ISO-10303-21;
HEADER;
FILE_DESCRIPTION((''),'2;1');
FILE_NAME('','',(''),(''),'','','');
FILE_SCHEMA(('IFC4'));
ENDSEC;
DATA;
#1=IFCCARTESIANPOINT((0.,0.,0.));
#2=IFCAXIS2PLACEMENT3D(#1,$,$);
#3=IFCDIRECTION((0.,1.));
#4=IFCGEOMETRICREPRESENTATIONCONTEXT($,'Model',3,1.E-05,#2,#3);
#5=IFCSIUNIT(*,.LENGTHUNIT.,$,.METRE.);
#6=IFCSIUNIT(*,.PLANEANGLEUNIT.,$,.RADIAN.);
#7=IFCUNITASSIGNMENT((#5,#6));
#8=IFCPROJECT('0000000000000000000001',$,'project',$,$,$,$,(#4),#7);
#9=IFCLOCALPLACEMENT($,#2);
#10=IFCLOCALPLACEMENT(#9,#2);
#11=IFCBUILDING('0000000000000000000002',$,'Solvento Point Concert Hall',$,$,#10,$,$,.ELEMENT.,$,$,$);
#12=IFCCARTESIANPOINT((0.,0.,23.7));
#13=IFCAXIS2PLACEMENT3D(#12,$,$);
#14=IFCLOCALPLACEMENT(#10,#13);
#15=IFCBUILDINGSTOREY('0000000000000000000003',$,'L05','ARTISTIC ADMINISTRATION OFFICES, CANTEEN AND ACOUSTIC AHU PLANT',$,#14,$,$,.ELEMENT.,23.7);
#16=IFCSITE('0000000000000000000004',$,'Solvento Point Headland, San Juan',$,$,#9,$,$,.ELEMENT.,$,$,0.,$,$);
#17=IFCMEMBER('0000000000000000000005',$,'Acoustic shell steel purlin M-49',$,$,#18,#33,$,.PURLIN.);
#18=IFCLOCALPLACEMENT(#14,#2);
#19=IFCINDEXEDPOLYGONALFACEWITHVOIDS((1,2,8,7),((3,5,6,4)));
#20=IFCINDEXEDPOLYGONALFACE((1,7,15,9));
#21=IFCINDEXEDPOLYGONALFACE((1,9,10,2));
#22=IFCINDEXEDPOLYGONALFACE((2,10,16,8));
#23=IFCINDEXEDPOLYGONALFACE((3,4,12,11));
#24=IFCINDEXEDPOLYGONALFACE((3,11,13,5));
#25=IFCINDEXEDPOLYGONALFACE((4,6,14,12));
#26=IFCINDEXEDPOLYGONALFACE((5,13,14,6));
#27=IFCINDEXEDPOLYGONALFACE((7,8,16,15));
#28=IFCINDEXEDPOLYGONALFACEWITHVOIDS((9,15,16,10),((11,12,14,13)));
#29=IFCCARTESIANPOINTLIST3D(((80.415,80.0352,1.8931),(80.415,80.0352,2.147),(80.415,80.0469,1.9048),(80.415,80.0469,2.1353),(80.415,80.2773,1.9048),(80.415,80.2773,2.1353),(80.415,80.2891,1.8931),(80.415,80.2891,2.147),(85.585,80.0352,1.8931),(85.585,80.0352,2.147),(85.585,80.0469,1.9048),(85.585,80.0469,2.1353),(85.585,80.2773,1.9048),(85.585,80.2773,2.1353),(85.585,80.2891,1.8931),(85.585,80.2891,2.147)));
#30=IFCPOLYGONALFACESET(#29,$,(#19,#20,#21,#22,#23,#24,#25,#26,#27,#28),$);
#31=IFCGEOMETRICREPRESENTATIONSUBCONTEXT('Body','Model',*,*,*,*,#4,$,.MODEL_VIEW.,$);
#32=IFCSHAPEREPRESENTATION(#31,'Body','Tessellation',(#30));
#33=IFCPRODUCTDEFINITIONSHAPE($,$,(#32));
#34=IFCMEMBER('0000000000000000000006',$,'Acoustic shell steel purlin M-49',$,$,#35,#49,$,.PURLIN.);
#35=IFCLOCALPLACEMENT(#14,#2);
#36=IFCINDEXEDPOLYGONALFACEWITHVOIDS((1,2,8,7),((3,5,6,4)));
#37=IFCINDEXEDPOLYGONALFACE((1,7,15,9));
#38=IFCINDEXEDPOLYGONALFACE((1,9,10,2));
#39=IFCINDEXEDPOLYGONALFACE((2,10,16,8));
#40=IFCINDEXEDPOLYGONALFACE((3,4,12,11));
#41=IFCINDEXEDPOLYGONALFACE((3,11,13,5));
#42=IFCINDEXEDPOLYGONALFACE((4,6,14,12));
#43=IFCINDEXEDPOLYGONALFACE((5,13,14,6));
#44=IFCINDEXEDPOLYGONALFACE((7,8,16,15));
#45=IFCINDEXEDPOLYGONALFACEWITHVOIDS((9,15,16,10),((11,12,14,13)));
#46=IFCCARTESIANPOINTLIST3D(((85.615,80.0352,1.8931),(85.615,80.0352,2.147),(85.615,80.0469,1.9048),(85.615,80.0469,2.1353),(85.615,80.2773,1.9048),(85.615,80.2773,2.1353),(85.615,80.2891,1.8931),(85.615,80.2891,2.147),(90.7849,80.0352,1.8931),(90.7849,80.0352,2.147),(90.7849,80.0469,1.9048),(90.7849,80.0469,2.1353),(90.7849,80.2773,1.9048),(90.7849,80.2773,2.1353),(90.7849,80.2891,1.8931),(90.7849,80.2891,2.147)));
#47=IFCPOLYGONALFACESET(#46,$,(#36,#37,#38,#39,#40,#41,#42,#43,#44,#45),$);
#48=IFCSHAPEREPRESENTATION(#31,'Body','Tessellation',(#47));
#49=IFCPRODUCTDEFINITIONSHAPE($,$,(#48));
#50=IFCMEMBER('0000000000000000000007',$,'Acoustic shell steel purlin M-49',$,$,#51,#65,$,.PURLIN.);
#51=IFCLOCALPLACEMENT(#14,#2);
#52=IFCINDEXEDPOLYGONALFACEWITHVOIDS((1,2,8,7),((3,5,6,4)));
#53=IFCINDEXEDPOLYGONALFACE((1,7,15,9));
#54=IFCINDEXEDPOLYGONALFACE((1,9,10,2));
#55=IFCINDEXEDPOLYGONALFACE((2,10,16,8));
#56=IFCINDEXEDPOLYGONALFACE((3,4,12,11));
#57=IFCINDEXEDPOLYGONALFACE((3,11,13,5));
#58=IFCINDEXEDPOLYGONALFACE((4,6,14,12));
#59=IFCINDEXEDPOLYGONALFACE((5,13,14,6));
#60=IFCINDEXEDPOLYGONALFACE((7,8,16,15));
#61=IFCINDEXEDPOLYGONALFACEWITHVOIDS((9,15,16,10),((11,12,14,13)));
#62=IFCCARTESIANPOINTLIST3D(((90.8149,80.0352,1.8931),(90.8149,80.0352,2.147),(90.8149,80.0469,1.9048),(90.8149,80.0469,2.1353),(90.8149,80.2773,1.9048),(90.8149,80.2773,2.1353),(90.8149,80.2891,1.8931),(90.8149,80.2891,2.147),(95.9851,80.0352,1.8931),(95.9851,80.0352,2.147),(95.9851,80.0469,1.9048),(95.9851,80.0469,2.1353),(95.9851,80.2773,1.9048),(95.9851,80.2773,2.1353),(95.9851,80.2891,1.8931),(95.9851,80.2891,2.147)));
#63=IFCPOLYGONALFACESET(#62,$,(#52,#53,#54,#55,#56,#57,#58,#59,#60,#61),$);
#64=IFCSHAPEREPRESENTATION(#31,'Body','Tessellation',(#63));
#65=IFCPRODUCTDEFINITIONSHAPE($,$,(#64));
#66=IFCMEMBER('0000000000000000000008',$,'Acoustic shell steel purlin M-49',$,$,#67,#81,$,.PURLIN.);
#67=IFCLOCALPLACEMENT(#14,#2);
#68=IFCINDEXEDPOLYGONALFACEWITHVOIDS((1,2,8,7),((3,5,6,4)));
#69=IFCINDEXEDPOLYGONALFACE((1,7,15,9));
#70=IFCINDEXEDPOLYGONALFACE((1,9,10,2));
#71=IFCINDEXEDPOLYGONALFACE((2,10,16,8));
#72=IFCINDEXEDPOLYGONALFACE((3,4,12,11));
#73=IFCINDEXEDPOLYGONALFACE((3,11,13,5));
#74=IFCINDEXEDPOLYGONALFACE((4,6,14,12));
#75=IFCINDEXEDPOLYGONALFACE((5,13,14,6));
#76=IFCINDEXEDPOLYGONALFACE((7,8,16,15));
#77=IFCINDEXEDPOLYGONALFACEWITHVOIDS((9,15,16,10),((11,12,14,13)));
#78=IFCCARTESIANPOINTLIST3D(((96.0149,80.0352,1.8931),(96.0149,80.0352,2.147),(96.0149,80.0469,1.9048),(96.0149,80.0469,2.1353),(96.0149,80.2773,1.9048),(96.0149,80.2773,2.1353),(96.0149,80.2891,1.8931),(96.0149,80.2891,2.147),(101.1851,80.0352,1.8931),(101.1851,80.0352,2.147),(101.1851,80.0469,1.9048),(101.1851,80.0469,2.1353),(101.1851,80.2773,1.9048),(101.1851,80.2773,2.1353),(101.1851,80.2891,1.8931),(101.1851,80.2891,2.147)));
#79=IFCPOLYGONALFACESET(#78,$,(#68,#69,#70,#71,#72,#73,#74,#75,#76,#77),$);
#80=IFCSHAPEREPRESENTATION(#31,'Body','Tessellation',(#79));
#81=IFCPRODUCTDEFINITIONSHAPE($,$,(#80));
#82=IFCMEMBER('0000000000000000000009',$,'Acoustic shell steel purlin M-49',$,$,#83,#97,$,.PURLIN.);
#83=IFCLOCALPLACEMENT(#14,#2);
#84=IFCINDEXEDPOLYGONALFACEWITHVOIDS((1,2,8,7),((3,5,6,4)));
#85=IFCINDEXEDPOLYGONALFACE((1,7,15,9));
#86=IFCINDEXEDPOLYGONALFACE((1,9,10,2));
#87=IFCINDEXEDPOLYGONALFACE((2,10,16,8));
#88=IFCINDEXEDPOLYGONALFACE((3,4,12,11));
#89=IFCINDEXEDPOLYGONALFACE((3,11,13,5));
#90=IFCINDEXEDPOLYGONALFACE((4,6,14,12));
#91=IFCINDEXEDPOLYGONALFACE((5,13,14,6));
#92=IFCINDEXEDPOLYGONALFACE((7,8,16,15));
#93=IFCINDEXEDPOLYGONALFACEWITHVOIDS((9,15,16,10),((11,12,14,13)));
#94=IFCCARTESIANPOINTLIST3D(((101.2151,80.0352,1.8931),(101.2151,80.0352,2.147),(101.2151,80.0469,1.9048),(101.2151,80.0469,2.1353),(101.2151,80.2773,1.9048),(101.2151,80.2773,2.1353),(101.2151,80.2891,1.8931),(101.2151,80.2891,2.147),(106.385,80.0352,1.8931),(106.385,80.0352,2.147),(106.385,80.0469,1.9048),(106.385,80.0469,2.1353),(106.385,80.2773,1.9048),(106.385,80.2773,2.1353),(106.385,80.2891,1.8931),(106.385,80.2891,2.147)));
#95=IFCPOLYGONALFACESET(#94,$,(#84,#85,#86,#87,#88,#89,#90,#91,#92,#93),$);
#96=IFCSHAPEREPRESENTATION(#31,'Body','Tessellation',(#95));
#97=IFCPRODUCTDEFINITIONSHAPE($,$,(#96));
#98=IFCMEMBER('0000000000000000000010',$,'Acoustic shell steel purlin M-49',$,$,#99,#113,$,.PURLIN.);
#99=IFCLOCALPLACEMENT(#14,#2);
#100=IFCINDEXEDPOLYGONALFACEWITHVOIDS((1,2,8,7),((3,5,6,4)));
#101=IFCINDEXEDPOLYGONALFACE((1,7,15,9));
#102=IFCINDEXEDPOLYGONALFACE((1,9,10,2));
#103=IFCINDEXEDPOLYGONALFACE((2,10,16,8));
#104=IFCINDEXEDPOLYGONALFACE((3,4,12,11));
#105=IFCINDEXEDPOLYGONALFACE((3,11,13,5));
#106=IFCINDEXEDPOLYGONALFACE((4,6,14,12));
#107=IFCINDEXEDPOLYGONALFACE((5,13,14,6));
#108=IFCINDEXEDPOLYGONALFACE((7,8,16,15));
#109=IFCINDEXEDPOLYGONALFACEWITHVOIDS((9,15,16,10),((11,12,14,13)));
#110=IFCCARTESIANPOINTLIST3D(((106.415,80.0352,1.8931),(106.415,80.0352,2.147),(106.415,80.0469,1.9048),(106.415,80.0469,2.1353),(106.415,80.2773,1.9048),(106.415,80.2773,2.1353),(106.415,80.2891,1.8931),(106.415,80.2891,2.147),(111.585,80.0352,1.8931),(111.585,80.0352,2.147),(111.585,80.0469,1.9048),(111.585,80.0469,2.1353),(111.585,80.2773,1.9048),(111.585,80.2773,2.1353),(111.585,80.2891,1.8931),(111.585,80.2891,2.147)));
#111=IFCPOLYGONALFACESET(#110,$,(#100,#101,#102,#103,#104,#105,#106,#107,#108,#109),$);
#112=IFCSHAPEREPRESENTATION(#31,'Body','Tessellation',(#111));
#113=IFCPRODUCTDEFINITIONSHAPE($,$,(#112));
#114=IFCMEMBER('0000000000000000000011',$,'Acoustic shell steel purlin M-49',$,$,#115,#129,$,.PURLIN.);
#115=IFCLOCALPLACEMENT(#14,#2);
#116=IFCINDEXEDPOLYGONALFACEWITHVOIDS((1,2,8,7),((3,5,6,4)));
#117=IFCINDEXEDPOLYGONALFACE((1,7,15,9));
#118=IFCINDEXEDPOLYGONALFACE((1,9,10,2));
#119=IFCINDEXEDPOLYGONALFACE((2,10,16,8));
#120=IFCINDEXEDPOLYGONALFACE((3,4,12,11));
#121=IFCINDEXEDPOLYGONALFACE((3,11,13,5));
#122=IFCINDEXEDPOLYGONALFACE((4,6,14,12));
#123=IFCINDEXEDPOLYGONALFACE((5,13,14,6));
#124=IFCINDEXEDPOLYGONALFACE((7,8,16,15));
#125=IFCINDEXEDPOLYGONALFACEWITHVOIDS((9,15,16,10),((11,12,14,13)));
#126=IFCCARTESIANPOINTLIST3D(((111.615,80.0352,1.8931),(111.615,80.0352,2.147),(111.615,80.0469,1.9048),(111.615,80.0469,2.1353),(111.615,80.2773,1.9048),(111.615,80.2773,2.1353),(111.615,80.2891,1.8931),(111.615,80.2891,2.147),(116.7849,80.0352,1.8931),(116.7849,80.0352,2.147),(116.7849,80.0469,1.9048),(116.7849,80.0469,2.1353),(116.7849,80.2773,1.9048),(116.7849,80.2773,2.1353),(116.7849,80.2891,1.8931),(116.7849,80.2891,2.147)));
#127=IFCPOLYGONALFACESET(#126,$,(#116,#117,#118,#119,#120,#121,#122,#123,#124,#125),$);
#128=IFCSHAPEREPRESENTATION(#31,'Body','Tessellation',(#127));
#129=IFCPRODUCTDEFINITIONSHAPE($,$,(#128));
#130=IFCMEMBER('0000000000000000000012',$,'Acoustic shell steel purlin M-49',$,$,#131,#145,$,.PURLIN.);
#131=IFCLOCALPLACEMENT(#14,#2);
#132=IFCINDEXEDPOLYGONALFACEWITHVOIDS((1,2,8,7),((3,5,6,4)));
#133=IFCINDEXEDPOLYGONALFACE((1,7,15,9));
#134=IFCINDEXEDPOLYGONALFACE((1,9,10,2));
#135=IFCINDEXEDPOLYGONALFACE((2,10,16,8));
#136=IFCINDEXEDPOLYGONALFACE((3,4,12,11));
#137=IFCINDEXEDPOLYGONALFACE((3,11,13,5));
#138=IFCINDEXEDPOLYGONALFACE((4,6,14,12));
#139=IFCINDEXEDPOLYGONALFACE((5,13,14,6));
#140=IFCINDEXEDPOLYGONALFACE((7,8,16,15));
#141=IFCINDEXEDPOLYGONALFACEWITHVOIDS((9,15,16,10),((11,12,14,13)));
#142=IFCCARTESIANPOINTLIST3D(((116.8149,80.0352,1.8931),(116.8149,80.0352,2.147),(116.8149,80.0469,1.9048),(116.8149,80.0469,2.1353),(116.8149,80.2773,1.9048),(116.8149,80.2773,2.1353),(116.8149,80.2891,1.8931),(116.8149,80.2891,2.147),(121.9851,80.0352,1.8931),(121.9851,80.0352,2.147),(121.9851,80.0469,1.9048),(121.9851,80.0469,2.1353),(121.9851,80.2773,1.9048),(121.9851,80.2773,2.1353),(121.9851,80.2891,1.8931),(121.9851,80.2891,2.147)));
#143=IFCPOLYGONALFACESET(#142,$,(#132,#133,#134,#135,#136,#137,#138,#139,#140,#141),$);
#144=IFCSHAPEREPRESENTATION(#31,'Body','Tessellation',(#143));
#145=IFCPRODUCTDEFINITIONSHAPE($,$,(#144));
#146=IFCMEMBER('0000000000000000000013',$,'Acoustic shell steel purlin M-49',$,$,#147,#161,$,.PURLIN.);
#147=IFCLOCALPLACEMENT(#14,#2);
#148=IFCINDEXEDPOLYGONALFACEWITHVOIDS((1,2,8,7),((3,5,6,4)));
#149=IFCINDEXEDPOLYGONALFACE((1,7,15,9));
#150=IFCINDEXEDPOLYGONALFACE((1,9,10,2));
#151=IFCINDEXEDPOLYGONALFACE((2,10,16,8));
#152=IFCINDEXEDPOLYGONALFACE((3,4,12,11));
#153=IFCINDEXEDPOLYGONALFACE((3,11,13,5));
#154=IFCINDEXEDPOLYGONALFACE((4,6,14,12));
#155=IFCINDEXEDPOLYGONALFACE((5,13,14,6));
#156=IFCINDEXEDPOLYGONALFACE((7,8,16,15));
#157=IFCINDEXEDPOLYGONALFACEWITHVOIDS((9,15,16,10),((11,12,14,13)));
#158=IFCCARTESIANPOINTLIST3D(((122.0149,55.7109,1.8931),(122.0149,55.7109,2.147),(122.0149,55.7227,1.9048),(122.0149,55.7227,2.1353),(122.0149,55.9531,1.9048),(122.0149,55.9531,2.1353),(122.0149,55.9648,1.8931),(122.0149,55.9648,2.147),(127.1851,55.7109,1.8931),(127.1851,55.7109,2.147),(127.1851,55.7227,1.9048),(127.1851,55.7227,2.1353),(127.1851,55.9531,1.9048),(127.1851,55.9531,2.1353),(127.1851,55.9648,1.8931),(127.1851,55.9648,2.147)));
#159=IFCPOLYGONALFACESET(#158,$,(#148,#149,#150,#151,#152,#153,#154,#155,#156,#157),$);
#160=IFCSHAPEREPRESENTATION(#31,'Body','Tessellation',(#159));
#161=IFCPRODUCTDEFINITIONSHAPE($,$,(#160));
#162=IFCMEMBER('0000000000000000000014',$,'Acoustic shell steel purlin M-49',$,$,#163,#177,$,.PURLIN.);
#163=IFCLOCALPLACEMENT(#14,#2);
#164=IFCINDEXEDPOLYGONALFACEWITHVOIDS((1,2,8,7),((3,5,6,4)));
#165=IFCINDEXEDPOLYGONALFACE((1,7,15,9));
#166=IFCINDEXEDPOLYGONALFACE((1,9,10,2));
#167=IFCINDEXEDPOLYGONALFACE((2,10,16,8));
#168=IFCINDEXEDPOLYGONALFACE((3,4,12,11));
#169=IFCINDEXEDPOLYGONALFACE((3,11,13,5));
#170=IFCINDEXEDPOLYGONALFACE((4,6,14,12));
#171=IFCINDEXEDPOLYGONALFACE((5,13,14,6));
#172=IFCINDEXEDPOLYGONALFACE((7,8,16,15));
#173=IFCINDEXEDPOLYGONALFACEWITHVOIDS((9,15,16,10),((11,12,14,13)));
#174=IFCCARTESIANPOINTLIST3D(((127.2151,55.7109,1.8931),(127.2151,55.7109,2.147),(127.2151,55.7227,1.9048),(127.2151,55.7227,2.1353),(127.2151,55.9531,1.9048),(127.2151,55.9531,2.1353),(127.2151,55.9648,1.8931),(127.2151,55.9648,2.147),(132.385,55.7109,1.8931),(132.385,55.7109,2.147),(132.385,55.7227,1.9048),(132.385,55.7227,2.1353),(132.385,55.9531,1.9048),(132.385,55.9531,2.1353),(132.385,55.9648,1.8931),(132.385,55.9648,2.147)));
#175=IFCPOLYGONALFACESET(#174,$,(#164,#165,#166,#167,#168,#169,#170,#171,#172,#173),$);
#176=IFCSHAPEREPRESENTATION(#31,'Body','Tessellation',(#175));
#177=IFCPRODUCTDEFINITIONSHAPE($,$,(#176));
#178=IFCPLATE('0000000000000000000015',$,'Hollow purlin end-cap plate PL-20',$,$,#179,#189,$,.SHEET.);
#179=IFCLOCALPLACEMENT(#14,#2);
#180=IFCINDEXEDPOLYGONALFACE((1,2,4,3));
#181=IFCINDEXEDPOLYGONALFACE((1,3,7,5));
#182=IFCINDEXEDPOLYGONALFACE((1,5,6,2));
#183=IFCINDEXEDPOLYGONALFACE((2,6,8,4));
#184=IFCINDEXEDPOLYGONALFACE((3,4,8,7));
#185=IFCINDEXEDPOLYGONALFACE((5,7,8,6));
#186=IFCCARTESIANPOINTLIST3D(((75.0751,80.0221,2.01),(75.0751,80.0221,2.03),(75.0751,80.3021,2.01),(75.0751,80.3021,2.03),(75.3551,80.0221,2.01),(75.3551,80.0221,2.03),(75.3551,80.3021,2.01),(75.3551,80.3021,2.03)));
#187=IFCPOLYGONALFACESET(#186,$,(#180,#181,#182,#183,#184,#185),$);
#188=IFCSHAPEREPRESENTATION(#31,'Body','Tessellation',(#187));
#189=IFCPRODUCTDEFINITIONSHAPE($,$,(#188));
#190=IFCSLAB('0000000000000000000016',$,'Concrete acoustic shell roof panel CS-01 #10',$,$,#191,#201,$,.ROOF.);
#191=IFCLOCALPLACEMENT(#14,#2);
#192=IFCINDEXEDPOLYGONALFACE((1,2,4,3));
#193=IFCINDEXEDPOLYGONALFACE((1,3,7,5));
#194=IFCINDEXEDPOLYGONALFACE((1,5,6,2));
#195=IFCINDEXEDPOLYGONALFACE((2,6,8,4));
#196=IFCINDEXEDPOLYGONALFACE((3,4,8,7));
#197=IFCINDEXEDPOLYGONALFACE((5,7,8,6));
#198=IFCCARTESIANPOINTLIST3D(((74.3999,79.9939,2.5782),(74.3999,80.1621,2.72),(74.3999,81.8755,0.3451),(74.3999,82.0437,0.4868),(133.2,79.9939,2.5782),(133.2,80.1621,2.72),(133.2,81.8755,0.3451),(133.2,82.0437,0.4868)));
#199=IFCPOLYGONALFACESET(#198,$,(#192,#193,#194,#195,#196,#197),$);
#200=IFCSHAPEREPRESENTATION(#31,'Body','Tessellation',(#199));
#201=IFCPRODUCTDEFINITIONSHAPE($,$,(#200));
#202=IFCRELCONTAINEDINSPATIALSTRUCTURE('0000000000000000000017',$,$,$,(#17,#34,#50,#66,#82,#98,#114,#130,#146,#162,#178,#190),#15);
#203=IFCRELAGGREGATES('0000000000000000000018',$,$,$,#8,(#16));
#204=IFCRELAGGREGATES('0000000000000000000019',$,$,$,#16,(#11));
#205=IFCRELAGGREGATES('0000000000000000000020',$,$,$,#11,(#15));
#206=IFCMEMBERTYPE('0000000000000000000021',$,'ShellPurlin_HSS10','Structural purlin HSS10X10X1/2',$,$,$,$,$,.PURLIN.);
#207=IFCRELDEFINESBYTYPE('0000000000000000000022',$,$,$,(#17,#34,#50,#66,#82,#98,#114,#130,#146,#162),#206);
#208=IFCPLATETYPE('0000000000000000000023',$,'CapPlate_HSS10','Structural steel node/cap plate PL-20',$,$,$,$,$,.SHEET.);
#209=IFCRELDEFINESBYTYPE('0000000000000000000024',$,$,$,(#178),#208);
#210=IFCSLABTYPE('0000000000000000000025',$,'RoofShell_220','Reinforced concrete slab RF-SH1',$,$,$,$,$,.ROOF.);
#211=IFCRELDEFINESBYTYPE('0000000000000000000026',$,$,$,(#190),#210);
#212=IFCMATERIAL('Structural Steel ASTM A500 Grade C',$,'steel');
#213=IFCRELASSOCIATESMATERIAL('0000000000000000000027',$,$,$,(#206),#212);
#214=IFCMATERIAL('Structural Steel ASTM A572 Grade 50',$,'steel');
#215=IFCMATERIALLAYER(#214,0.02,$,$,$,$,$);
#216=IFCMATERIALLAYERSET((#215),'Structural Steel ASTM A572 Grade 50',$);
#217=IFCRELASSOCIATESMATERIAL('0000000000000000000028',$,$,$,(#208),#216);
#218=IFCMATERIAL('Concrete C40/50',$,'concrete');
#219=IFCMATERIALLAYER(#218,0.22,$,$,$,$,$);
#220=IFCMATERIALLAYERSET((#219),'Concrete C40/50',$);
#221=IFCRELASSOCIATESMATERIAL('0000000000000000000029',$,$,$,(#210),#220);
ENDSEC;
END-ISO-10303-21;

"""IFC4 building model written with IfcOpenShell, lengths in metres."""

from ifc_helpers import new_model, si_unit, direction, frame, origin, origin_2d, place, context, subcontext, project, spatial, polyline, rectangle, hollow_rectangle, outline, extrude, material, layer, layer_set, material_profile, profile_set, type_object, element, save


model = new_model("IFC4")

# Units and contexts
model_context = context("Model", 3, precision=1e-05, world=origin(), true_north=direction((0.0, 1.0)))
body_context = subcontext(model_context, "Body", "Model", "MODEL_VIEW")
ifc_project = project(units=[si_unit("LENGTHUNIT", "METRE"), si_unit("PLANEANGLEUNIT", "RADIAN")], contexts=[model_context])

# Site, building, storey
site_placement = place(None, origin())
site = spatial("IfcSite", under=ifc_project, at=site_placement, Name="Solvento Point Headland, San Juan", CompositionType="ELEMENT", RefElevation=0.0)
building_placement = place(site_placement, origin())
building = spatial("IfcBuilding", under=site, at=building_placement, Name="Solvento Point Concert Hall", CompositionType="ELEMENT")
storey_placement = place(building_placement, frame((0.0, 0.0, 23.7)))
storey = spatial("IfcBuildingStorey", under=building, at=storey_placement, Name="L05", Description="ARTISTIC ADMINISTRATION OFFICES, CANTEEN AND ACOUSTIC AHU PLANT", CompositionType="ELEMENT", Elevation=23.7)

# Members
ifc_material_1 = material(Name="Structural Steel ASTM A500 Grade C", Category="steel")
ifc_material_profile_1 = material_profile(ifc_material_1, hollow_rectangle(XDim=0.2539, YDim=0.2539, WallThickness=0.0117, at=origin_2d()), Name="HSS10X10X1/2")
ifc_profile_set_1 = profile_set([ifc_material_profile_1], Name="Structural Steel ASTM A500 Grade C")
member_type = type_object("IfcMemberType", Name="ShellPurlin_HSS10", Description="Structural purlin HSS10X10X1/2", PredefinedType="PURLIN", material=ifc_profile_set_1)
for number, where, z_axis, x_axis, name in (
    (1, (80.415, 80.1621, 2.02), (1.0, 0.0, 0.0), (0.0, 1.0, 0.0), "Acoustic shell steel purlin M-49"),
    (2, (85.615, 80.1621, 2.02), (1.0, 0.0, 0.0), (0.0, 1.0, 0.0), "Acoustic shell steel purlin M-49"),
):
    element("IfcMember", number, at=place(storey_placement, frame(where, z_axis=z_axis, x_axis=x_axis)), inside=storey, type_object=member_type, Name=name, PredefinedType="PURLIN", context=body_context, shape_type="SweptSolid", body=[
        extrude(hollow_rectangle(XDim=0.2539, YDim=0.2539, WallThickness=0.0117, at=origin_2d()), origin(), (0.0, 0.0, 1.0), 5.1699),
    ])
for number, where, z_axis, x_axis, name in (
    (3, (90.8149, 80.1621, 2.02), (1.0, 0.0, 0.0), (0.0, 1.0, 0.0), "Acoustic shell steel purlin M-49"),
    (4, (96.0149, 80.1621, 2.02), (1.0, 0.0, 0.0), (0.0, 1.0, 0.0), "Acoustic shell steel purlin M-49"),
):
    element("IfcMember", number, at=place(storey_placement, frame(where, z_axis=z_axis, x_axis=x_axis)), inside=storey, type_object=member_type, Name=name, PredefinedType="PURLIN", context=body_context, shape_type="SweptSolid", body=[
        extrude(hollow_rectangle(XDim=0.2539, YDim=0.2539, WallThickness=0.0117, at=origin_2d()), origin(), (0.0, 0.0, 1.0), 5.1702),
    ])
for number, where, z_axis, x_axis, name in (
    (5, (101.2151, 80.1621, 2.02), (1.0, 0.0, 0.0), (0.0, 1.0, 0.0), "Acoustic shell steel purlin M-49"),
    (6, (106.415, 80.1621, 2.02), (1.0, 0.0, 0.0), (0.0, 1.0, 0.0), "Acoustic shell steel purlin M-49"),
    (7, (111.615, 80.1621, 2.02), (1.0, 0.0, 0.0), (0.0, 1.0, 0.0), "Acoustic shell steel purlin M-49"),
):
    element("IfcMember", number, at=place(storey_placement, frame(where, z_axis=z_axis, x_axis=x_axis)), inside=storey, type_object=member_type, Name=name, PredefinedType="PURLIN", context=body_context, shape_type="SweptSolid", body=[
        extrude(hollow_rectangle(XDim=0.2539, YDim=0.2539, WallThickness=0.0117, at=origin_2d()), origin(), (0.0, 0.0, 1.0), 5.1699),
    ])
for number, where, z_axis, x_axis, name in (
    (8, (116.8149, 80.1621, 2.02), (1.0, 0.0, 0.0), (0.0, 1.0, 0.0), "Acoustic shell steel purlin M-49"),
    (9, (122.0149, 55.8379, 2.02), (1.0, 0.0, 0.0), (0.0, 1.0, 0.0), "Acoustic shell steel purlin M-49"),
):
    element("IfcMember", number, at=place(storey_placement, frame(where, z_axis=z_axis, x_axis=x_axis)), inside=storey, type_object=member_type, Name=name, PredefinedType="PURLIN", context=body_context, shape_type="SweptSolid", body=[
        extrude(hollow_rectangle(XDim=0.2539, YDim=0.2539, WallThickness=0.0117, at=origin_2d()), origin(), (0.0, 0.0, 1.0), 5.1702),
    ])
member_placement = place(storey_placement, frame((127.2151, 55.8379, 2.02), z_axis=(1.0, 0.0, 0.0), x_axis=(0.0, 1.0, 0.0)))
element("IfcMember", 10, at=member_placement, inside=storey, type_object=member_type, Name="Acoustic shell steel purlin M-49", PredefinedType="PURLIN", context=body_context, shape_type="SweptSolid", body=[
    extrude(hollow_rectangle(XDim=0.2539, YDim=0.2539, WallThickness=0.0117, at=origin_2d()), origin(), (0.0, 0.0, 1.0), 5.1699),
])

# Plate
ifc_material_2 = material(Name="Structural Steel ASTM A572 Grade 50", Category="steel")
ifc_layer_1 = layer(ifc_material_2, 0.02)
ifc_layer_set_1 = layer_set([ifc_layer_1], Name="Structural Steel ASTM A572 Grade 50")
plate_type = type_object("IfcPlateType", Name="CapPlate_HSS10", Description="Structural steel node/cap plate PL-20", PredefinedType="SHEET", material=ifc_layer_set_1)
plate_placement = place(storey_placement, frame((75.2151, 80.1621, 2.01), z_axis=(0.0, 0.0, 1.0), x_axis=(0.0, 1.0, 0.0)))
element("IfcPlate", 11, at=plate_placement, inside=storey, type_object=plate_type, Name="Hollow purlin end-cap plate PL-20", PredefinedType="SHEET", context=body_context, shape_type="SweptSolid", body=[
    extrude(rectangle(XDim=0.28, YDim=0.28, at=origin_2d()), origin(), (0.0, 0.0, 1.0), 0.02),
])

# Slab
ifc_material_3 = material(Name="Concrete C40/50", Category="concrete")
ifc_layer_2 = layer(ifc_material_3, 0.22)
ifc_layer_set_2 = layer_set([ifc_layer_2], Name="Concrete C40/50")
slab_type = type_object("IfcSlabType", Name="RoofShell_220", Description="Reinforced concrete slab RF-SH1", PredefinedType="ROOF", material=ifc_layer_set_2)
slab_placement = place(storey_placement, frame((74.3999, 80.1621, 2.72), z_axis=(0.0, 0.764736, 0.644344), x_axis=(1.0, 0.0, 0.0)))
element("IfcSlab", 12, at=slab_placement, inside=storey, type_object=slab_type, Name="Concrete acoustic shell roof panel CS-01 #10", PredefinedType="ROOF", context=body_context, shape_type="SweptSolid", body=[
    extrude(outline(polyline([(0.0, 0.0), (58.8, 0.0), (58.8, 2.9202), (0.0, 2.9202), (0.0, 0.0)])), origin(), (0.0, 0.0, -1.0), 0.22),
])

save(model, "model.ifc")
